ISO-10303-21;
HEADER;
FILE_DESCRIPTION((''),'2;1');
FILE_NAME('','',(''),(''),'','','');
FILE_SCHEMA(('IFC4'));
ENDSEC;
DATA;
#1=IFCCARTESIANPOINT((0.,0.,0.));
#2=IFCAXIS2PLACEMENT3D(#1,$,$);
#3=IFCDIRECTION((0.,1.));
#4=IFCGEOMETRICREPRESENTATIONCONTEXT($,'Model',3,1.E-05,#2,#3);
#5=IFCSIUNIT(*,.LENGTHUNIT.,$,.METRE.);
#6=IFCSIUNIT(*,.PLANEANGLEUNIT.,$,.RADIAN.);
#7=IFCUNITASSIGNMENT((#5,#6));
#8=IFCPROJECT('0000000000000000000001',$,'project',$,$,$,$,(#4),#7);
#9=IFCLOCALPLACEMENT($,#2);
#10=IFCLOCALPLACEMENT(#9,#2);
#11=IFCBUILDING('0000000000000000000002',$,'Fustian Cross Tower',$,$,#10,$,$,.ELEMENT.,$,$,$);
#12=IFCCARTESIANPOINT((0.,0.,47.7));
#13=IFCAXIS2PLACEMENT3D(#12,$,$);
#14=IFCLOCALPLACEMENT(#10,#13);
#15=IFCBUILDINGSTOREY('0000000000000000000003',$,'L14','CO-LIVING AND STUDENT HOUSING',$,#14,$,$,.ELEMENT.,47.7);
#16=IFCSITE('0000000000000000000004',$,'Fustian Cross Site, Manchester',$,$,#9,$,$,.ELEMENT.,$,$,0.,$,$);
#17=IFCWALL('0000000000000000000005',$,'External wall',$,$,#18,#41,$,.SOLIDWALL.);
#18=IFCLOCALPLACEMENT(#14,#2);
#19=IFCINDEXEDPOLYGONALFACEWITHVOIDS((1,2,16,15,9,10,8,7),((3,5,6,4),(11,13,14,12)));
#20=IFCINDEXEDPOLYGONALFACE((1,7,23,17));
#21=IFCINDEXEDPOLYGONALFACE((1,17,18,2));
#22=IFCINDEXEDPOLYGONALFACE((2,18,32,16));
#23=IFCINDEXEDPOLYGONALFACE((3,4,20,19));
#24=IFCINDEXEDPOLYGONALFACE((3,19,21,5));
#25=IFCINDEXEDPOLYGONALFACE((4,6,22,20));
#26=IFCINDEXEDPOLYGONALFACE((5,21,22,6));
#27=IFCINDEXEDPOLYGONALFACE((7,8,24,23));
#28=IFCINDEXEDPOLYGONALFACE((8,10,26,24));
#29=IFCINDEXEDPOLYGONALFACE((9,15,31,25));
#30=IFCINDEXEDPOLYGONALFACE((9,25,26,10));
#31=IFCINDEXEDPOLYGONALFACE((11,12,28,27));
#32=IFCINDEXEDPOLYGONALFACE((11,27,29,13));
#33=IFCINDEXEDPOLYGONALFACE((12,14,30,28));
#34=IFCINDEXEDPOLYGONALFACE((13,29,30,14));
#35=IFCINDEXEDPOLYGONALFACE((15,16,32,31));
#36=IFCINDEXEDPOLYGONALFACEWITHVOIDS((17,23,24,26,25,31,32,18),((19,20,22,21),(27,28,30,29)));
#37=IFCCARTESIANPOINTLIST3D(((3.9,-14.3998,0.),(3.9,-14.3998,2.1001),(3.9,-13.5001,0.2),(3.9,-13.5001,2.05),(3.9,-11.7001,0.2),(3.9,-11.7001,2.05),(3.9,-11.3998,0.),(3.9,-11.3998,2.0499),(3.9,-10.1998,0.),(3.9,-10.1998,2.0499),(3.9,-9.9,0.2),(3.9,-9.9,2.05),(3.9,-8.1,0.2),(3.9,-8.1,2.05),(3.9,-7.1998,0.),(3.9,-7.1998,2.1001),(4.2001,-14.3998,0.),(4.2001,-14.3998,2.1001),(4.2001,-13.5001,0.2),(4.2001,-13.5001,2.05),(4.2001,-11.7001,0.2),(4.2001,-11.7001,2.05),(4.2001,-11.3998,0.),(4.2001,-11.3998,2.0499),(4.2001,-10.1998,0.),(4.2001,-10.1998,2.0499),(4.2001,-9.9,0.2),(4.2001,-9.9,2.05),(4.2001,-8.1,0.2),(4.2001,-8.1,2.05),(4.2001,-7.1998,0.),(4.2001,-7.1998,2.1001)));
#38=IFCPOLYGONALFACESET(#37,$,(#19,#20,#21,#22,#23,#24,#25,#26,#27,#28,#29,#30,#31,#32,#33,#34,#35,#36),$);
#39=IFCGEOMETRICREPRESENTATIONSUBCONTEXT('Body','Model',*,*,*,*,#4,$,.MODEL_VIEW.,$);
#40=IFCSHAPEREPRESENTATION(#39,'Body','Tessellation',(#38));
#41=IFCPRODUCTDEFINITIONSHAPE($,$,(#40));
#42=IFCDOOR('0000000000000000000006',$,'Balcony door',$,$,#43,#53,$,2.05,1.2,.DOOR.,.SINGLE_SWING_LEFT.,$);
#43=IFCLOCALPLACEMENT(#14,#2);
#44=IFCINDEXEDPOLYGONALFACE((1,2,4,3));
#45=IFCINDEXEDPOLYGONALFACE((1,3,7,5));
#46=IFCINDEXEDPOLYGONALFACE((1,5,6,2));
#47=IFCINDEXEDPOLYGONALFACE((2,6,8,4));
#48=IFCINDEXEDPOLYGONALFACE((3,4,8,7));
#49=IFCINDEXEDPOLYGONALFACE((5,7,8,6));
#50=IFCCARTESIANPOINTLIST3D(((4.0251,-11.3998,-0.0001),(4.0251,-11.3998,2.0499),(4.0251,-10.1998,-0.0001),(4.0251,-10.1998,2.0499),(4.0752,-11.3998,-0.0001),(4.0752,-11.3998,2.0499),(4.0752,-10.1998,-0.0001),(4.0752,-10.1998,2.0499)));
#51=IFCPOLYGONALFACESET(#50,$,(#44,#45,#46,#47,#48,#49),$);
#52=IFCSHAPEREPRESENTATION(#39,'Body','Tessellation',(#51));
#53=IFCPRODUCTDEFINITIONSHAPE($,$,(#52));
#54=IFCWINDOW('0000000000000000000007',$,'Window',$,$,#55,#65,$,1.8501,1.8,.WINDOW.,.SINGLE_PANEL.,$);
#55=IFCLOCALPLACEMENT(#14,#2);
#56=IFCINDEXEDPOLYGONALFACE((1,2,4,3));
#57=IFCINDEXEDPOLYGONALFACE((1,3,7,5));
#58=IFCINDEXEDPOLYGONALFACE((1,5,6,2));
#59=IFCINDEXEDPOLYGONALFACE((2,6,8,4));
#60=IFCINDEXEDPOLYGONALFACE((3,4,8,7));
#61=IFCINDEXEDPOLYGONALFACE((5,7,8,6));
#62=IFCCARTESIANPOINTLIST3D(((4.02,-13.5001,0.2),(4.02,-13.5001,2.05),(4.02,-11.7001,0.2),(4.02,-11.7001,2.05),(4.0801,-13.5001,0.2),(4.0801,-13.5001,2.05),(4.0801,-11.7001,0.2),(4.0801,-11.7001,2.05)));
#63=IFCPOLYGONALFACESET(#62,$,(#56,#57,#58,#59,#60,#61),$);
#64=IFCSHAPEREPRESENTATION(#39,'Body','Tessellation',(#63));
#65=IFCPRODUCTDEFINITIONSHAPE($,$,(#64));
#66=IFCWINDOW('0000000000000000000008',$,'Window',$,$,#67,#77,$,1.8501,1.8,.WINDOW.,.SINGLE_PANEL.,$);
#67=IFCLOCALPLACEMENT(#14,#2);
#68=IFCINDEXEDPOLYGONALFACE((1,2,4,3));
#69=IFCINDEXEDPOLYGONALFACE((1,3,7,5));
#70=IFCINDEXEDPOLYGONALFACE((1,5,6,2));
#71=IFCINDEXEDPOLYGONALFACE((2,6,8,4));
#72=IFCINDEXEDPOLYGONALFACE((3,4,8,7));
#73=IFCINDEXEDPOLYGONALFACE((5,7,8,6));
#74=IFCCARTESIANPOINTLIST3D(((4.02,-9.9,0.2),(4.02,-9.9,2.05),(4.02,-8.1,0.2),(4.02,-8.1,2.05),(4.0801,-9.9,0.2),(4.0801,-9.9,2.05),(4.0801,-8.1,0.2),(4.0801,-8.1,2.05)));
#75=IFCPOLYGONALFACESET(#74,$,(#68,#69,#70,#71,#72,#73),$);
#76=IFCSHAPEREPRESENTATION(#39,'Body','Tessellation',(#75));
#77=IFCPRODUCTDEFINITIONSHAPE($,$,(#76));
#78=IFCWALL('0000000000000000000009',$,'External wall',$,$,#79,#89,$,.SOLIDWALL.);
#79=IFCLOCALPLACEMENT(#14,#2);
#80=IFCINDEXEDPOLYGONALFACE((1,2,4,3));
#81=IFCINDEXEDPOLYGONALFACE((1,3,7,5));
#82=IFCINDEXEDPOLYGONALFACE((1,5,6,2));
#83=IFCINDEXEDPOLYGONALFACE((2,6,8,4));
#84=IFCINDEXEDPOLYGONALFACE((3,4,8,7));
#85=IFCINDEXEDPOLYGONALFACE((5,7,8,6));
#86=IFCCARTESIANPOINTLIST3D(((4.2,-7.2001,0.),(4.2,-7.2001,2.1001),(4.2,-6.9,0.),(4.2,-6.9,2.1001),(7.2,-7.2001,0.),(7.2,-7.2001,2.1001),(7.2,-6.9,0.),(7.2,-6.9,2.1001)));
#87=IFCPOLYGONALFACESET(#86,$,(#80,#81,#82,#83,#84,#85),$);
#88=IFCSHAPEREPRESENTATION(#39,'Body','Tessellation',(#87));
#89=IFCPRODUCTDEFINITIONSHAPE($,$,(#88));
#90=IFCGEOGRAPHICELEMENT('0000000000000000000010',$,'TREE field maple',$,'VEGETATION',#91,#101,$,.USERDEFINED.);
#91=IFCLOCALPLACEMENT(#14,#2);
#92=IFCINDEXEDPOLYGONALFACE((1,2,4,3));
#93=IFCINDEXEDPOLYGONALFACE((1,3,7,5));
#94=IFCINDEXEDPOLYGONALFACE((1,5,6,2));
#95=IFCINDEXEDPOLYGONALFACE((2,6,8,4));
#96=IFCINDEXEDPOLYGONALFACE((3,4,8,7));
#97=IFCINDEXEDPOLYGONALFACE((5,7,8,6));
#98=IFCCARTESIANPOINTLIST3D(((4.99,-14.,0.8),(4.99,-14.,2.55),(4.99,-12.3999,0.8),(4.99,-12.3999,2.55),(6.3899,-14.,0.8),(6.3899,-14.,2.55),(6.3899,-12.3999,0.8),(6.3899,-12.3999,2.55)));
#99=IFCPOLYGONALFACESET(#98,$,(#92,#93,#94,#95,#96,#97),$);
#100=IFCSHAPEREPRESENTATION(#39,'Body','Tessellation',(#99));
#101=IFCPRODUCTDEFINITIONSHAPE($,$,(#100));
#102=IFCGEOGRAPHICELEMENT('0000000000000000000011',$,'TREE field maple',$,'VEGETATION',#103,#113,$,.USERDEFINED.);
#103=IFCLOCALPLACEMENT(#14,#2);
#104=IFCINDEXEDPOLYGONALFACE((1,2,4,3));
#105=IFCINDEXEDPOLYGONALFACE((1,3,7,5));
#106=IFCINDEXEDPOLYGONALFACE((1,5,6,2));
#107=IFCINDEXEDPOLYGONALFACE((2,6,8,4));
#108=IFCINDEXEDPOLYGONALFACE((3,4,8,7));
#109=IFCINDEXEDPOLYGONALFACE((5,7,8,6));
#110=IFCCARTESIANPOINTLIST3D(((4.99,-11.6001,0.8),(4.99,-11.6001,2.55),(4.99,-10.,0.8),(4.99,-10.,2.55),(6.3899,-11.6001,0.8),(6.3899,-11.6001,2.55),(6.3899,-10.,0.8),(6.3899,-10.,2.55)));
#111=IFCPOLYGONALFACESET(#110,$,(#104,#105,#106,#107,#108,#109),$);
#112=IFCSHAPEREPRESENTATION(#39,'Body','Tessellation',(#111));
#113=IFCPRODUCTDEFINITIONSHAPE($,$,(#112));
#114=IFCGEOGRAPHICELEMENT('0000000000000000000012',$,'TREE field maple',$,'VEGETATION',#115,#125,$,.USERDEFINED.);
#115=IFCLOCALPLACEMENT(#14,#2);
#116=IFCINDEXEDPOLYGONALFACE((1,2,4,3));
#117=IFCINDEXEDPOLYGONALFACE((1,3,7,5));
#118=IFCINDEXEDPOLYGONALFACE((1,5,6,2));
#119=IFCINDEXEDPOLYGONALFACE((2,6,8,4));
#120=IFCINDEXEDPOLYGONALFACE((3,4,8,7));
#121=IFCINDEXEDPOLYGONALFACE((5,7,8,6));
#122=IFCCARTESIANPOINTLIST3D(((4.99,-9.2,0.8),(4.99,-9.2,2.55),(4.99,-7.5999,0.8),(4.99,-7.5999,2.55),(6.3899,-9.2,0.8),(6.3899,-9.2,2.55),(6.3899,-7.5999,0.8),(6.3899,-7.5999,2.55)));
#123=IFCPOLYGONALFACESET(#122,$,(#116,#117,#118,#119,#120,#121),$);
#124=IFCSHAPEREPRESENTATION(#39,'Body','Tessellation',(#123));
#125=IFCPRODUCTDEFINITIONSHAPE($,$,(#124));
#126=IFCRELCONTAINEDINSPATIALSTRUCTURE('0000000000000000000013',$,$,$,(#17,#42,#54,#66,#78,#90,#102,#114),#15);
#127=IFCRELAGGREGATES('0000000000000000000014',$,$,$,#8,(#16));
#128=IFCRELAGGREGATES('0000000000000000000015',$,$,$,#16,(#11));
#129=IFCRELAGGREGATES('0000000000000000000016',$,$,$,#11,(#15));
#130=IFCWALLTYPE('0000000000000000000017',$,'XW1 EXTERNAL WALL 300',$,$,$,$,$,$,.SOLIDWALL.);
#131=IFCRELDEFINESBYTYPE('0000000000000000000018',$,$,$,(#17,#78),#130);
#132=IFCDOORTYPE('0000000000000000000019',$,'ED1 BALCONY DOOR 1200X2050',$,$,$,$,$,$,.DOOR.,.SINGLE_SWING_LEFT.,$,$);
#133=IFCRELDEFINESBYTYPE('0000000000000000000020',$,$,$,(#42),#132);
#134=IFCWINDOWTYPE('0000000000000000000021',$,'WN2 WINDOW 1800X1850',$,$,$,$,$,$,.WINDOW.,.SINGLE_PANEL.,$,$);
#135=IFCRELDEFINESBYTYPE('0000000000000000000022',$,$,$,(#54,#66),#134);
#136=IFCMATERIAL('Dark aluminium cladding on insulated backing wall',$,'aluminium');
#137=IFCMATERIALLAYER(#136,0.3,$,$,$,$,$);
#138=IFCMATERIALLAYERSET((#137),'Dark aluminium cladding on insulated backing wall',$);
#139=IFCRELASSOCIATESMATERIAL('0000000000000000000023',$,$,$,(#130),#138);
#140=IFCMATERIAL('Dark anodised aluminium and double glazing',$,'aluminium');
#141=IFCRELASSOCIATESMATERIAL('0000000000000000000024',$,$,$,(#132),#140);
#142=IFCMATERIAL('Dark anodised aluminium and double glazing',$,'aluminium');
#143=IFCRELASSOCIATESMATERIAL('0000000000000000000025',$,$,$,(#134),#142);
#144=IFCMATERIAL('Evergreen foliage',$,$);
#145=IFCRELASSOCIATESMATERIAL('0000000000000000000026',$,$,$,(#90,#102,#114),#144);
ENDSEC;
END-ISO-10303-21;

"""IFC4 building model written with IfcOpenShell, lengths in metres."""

from ifc_helpers import new_model, si_unit, direction, frame, frame_2d, origin, origin_2d, place, context, subcontext, project, spatial, rectangle, extrude, material, layer, layer_set, type_object, element, fill, save


model = new_model("IFC4")

# Units and contexts
model_context = context("Model", 3, precision=1e-05, world=origin(), true_north=direction((0.0, 1.0)))
body_context = subcontext(model_context, "Body", "Model", "MODEL_VIEW")
ifc_project = project(units=[si_unit("LENGTHUNIT", "METRE"), si_unit("PLANEANGLEUNIT", "RADIAN")], contexts=[model_context])

# Site, building, storey
site_placement = place(None, origin())
site = spatial("IfcSite", under=ifc_project, at=site_placement, Name="Fustian Cross Site, Manchester", CompositionType="ELEMENT", RefElevation=0.0)
building_placement = place(site_placement, origin())
building = spatial("IfcBuilding", under=site, at=building_placement, Name="Fustian Cross Tower", CompositionType="ELEMENT")
storey_placement = place(building_placement, frame((0.0, 0.0, 47.7)))
storey = spatial("IfcBuildingStorey", under=building, at=storey_placement, Name="L14", Description="CO-LIVING AND STUDENT HOUSING", CompositionType="ELEMENT", Elevation=47.7)

# Shared definitions
ifc_material_1 = material(Name="Dark aluminium cladding on insulated backing wall", Category="aluminium")
ifc_layer_1 = layer(ifc_material_1, 0.3)
ifc_layer_set_1 = layer_set([ifc_layer_1], Name="Dark aluminium cladding on insulated backing wall")
wall_type_1 = type_object("IfcWallType", Name="XW1 EXTERNAL WALL 300", PredefinedType="SOLIDWALL", material=ifc_layer_set_1)

# Wall, openings, door, windows
wall_1_placement = place(storey_placement, frame((4.05, -14.3999, 0.0), z_axis=(0.0, 0.0, 1.0), x_axis=(0.0, 1.0, 0.0)))
wall_1 = element("IfcWall", 1, at=wall_1_placement, inside=storey, type_object=wall_type_1, Name="External wall", PredefinedType="SOLIDWALL", context=body_context, shape_type="SweptSolid", body=[
    extrude(rectangle(XDim=7.2, YDim=0.3, at=frame_2d((3.6001, 0.0))), origin(), (0.0, 0.0, 1.0), 2.1001),
])
opening_1_placement = place(wall_1_placement, frame((3.0, 0.0, 0.0)))
opening_1 = element("IfcOpeningElement", 2, at=opening_1_placement, cuts=wall_1, PredefinedType="OPENING", context=body_context, shape_type="SweptSolid", body=[
    extrude(rectangle(XDim=1.2, YDim=2.05, at=frame_2d((0.6001, 1.0249))), frame((0.0, 0.1599, 0.0), z_axis=(0.0, -1.0, 0.0), x_axis=(1.0, 0.0, 0.0)), (0.0, 0.0, 1.0), 0.3201),
])
opening_2_placement = place(wall_1_placement, frame((0.8999, 0.0, 0.2)))
opening_2 = element("IfcOpeningElement", 3, at=opening_2_placement, cuts=wall_1, PredefinedType="OPENING", context=body_context, shape_type="SweptSolid", body=[
    extrude(rectangle(XDim=1.8, YDim=1.8501, at=frame_2d((0.8999, 0.925))), frame((0.0, 0.1599, 0.0), z_axis=(0.0, -1.0, 0.0), x_axis=(1.0, 0.0, 0.0)), (0.0, 0.0, 1.0), 0.3201),
])
opening_3_placement = place(wall_1_placement, frame((4.5, 0.0, 0.2)))
opening_3 = element("IfcOpeningElement", 4, at=opening_3_placement, cuts=wall_1, PredefinedType="OPENING", context=body_context, shape_type="SweptSolid", body=[
    extrude(rectangle(XDim=1.8, YDim=1.8501, at=frame_2d((0.8999, 0.925))), frame((0.0, 0.1599, 0.0), z_axis=(0.0, -1.0, 0.0), x_axis=(1.0, 0.0, 0.0)), (0.0, 0.0, 1.0), 0.3201),
])
ifc_material_2 = material(Name="Dark anodised aluminium and double glazing", Category="aluminium")
door_type_1 = type_object("IfcDoorType", Name="ED1 BALCONY DOOR 1200X2050", OperationType="SINGLE_SWING_LEFT", PredefinedType="DOOR", material=ifc_material_2)
door_1_placement = place(opening_1_placement, origin())
door_1 = element("IfcDoor", 5, at=door_1_placement, inside=storey, type_object=door_type_1, Name="Balcony door", OperationType="SINGLE_SWING_LEFT", OverallHeight=2.05, OverallWidth=1.2, PredefinedType="DOOR", context=body_context, shape_type="SweptSolid", body=[
    extrude(rectangle(XDim=1.2, YDim=2.05, at=frame_2d((0.6001, 1.0249))), frame((0.0, 0.0249, 0.0), z_axis=(0.0, -1.0, 0.0), x_axis=(1.0, 0.0, 0.0)), (0.0, 0.0, 1.0), 0.05),
])
fill(opening_1, door_1)
ifc_material_3 = material(Name="Dark anodised aluminium and double glazing", Category="aluminium")
window_type = type_object("IfcWindowType", Name="WN2 WINDOW 1800X1850", PartitioningType="SINGLE_PANEL", PredefinedType="WINDOW", material=ifc_material_3)
window_1_placement = place(opening_2_placement, origin())
window_1 = element("IfcWindow", 6, at=window_1_placement, inside=storey, type_object=window_type, Name="Window", OverallHeight=1.8501, OverallWidth=1.8, PartitioningType="SINGLE_PANEL", PredefinedType="WINDOW", context=body_context, shape_type="SweptSolid", body=[
    extrude(rectangle(XDim=1.8, YDim=1.8501, at=frame_2d((0.8999, 0.925))), frame((0.0, 0.03, 0.0), z_axis=(0.0, -1.0, 0.0), x_axis=(1.0, 0.0, 0.0)), (0.0, 0.0, 1.0), 0.0601),
])
fill(opening_2, window_1)
window_2_placement = place(opening_3_placement, origin())
window_2 = element("IfcWindow", 7, at=window_2_placement, inside=storey, type_object=window_type, Name="Window", OverallHeight=1.8501, OverallWidth=1.8, PartitioningType="SINGLE_PANEL", PredefinedType="WINDOW", context=body_context, shape_type="SweptSolid", body=[
    extrude(rectangle(XDim=1.8, YDim=1.8501, at=frame_2d((0.8999, 0.925))), frame((0.0, 0.03, 0.0), z_axis=(0.0, -1.0, 0.0), x_axis=(1.0, 0.0, 0.0)), (0.0, 0.0, 1.0), 0.0601),
])
fill(opening_3, window_2)

# Wall
wall_2_placement = place(storey_placement, frame((4.2, -7.05, 0.0), z_axis=(0.0, 0.0, 1.0), x_axis=(1.0, 0.0, 0.0)))
element("IfcWall", 8, at=wall_2_placement, inside=storey, type_object=wall_type_1, Name="External wall", PredefinedType="SOLIDWALL", context=body_context, shape_type="SweptSolid", body=[
    extrude(rectangle(XDim=3.0, YDim=0.3, at=frame_2d((1.5, 0.0))), origin(), (0.0, 0.0, 1.0), 2.1001),
])

# Geographic elements
ifc_material_4 = material(Name="Evergreen foliage")
for number, where, z_axis, x_axis, name in (
    (9, (5.6899, -13.2, 0.8), (0.0, 0.0, 1.0), (1.0, 0.0, 0.0), "TREE field maple"),
    (10, (5.6899, -10.8, 0.8), (0.0, 0.0, 1.0), (1.0, 0.0, 0.0), "TREE field maple"),
    (11, (5.6899, -8.3999, 0.8), (0.0, 0.0, 1.0), (1.0, 0.0, 0.0), "TREE field maple"),
):
    element("IfcGeographicElement", number, at=place(storey_placement, frame(where, z_axis=z_axis, x_axis=x_axis)), inside=storey, material=ifc_material_4, Name=name, ObjectType="VEGETATION", PredefinedType="USERDEFINED", context=body_context, shape_type="SweptSolid", body=[
        extrude(rectangle(XDim=1.3999, YDim=1.6001, at=origin_2d()), origin(), (0.0, 0.0, 1.0), 1.75),
    ])

save(model, "model.ifc")
